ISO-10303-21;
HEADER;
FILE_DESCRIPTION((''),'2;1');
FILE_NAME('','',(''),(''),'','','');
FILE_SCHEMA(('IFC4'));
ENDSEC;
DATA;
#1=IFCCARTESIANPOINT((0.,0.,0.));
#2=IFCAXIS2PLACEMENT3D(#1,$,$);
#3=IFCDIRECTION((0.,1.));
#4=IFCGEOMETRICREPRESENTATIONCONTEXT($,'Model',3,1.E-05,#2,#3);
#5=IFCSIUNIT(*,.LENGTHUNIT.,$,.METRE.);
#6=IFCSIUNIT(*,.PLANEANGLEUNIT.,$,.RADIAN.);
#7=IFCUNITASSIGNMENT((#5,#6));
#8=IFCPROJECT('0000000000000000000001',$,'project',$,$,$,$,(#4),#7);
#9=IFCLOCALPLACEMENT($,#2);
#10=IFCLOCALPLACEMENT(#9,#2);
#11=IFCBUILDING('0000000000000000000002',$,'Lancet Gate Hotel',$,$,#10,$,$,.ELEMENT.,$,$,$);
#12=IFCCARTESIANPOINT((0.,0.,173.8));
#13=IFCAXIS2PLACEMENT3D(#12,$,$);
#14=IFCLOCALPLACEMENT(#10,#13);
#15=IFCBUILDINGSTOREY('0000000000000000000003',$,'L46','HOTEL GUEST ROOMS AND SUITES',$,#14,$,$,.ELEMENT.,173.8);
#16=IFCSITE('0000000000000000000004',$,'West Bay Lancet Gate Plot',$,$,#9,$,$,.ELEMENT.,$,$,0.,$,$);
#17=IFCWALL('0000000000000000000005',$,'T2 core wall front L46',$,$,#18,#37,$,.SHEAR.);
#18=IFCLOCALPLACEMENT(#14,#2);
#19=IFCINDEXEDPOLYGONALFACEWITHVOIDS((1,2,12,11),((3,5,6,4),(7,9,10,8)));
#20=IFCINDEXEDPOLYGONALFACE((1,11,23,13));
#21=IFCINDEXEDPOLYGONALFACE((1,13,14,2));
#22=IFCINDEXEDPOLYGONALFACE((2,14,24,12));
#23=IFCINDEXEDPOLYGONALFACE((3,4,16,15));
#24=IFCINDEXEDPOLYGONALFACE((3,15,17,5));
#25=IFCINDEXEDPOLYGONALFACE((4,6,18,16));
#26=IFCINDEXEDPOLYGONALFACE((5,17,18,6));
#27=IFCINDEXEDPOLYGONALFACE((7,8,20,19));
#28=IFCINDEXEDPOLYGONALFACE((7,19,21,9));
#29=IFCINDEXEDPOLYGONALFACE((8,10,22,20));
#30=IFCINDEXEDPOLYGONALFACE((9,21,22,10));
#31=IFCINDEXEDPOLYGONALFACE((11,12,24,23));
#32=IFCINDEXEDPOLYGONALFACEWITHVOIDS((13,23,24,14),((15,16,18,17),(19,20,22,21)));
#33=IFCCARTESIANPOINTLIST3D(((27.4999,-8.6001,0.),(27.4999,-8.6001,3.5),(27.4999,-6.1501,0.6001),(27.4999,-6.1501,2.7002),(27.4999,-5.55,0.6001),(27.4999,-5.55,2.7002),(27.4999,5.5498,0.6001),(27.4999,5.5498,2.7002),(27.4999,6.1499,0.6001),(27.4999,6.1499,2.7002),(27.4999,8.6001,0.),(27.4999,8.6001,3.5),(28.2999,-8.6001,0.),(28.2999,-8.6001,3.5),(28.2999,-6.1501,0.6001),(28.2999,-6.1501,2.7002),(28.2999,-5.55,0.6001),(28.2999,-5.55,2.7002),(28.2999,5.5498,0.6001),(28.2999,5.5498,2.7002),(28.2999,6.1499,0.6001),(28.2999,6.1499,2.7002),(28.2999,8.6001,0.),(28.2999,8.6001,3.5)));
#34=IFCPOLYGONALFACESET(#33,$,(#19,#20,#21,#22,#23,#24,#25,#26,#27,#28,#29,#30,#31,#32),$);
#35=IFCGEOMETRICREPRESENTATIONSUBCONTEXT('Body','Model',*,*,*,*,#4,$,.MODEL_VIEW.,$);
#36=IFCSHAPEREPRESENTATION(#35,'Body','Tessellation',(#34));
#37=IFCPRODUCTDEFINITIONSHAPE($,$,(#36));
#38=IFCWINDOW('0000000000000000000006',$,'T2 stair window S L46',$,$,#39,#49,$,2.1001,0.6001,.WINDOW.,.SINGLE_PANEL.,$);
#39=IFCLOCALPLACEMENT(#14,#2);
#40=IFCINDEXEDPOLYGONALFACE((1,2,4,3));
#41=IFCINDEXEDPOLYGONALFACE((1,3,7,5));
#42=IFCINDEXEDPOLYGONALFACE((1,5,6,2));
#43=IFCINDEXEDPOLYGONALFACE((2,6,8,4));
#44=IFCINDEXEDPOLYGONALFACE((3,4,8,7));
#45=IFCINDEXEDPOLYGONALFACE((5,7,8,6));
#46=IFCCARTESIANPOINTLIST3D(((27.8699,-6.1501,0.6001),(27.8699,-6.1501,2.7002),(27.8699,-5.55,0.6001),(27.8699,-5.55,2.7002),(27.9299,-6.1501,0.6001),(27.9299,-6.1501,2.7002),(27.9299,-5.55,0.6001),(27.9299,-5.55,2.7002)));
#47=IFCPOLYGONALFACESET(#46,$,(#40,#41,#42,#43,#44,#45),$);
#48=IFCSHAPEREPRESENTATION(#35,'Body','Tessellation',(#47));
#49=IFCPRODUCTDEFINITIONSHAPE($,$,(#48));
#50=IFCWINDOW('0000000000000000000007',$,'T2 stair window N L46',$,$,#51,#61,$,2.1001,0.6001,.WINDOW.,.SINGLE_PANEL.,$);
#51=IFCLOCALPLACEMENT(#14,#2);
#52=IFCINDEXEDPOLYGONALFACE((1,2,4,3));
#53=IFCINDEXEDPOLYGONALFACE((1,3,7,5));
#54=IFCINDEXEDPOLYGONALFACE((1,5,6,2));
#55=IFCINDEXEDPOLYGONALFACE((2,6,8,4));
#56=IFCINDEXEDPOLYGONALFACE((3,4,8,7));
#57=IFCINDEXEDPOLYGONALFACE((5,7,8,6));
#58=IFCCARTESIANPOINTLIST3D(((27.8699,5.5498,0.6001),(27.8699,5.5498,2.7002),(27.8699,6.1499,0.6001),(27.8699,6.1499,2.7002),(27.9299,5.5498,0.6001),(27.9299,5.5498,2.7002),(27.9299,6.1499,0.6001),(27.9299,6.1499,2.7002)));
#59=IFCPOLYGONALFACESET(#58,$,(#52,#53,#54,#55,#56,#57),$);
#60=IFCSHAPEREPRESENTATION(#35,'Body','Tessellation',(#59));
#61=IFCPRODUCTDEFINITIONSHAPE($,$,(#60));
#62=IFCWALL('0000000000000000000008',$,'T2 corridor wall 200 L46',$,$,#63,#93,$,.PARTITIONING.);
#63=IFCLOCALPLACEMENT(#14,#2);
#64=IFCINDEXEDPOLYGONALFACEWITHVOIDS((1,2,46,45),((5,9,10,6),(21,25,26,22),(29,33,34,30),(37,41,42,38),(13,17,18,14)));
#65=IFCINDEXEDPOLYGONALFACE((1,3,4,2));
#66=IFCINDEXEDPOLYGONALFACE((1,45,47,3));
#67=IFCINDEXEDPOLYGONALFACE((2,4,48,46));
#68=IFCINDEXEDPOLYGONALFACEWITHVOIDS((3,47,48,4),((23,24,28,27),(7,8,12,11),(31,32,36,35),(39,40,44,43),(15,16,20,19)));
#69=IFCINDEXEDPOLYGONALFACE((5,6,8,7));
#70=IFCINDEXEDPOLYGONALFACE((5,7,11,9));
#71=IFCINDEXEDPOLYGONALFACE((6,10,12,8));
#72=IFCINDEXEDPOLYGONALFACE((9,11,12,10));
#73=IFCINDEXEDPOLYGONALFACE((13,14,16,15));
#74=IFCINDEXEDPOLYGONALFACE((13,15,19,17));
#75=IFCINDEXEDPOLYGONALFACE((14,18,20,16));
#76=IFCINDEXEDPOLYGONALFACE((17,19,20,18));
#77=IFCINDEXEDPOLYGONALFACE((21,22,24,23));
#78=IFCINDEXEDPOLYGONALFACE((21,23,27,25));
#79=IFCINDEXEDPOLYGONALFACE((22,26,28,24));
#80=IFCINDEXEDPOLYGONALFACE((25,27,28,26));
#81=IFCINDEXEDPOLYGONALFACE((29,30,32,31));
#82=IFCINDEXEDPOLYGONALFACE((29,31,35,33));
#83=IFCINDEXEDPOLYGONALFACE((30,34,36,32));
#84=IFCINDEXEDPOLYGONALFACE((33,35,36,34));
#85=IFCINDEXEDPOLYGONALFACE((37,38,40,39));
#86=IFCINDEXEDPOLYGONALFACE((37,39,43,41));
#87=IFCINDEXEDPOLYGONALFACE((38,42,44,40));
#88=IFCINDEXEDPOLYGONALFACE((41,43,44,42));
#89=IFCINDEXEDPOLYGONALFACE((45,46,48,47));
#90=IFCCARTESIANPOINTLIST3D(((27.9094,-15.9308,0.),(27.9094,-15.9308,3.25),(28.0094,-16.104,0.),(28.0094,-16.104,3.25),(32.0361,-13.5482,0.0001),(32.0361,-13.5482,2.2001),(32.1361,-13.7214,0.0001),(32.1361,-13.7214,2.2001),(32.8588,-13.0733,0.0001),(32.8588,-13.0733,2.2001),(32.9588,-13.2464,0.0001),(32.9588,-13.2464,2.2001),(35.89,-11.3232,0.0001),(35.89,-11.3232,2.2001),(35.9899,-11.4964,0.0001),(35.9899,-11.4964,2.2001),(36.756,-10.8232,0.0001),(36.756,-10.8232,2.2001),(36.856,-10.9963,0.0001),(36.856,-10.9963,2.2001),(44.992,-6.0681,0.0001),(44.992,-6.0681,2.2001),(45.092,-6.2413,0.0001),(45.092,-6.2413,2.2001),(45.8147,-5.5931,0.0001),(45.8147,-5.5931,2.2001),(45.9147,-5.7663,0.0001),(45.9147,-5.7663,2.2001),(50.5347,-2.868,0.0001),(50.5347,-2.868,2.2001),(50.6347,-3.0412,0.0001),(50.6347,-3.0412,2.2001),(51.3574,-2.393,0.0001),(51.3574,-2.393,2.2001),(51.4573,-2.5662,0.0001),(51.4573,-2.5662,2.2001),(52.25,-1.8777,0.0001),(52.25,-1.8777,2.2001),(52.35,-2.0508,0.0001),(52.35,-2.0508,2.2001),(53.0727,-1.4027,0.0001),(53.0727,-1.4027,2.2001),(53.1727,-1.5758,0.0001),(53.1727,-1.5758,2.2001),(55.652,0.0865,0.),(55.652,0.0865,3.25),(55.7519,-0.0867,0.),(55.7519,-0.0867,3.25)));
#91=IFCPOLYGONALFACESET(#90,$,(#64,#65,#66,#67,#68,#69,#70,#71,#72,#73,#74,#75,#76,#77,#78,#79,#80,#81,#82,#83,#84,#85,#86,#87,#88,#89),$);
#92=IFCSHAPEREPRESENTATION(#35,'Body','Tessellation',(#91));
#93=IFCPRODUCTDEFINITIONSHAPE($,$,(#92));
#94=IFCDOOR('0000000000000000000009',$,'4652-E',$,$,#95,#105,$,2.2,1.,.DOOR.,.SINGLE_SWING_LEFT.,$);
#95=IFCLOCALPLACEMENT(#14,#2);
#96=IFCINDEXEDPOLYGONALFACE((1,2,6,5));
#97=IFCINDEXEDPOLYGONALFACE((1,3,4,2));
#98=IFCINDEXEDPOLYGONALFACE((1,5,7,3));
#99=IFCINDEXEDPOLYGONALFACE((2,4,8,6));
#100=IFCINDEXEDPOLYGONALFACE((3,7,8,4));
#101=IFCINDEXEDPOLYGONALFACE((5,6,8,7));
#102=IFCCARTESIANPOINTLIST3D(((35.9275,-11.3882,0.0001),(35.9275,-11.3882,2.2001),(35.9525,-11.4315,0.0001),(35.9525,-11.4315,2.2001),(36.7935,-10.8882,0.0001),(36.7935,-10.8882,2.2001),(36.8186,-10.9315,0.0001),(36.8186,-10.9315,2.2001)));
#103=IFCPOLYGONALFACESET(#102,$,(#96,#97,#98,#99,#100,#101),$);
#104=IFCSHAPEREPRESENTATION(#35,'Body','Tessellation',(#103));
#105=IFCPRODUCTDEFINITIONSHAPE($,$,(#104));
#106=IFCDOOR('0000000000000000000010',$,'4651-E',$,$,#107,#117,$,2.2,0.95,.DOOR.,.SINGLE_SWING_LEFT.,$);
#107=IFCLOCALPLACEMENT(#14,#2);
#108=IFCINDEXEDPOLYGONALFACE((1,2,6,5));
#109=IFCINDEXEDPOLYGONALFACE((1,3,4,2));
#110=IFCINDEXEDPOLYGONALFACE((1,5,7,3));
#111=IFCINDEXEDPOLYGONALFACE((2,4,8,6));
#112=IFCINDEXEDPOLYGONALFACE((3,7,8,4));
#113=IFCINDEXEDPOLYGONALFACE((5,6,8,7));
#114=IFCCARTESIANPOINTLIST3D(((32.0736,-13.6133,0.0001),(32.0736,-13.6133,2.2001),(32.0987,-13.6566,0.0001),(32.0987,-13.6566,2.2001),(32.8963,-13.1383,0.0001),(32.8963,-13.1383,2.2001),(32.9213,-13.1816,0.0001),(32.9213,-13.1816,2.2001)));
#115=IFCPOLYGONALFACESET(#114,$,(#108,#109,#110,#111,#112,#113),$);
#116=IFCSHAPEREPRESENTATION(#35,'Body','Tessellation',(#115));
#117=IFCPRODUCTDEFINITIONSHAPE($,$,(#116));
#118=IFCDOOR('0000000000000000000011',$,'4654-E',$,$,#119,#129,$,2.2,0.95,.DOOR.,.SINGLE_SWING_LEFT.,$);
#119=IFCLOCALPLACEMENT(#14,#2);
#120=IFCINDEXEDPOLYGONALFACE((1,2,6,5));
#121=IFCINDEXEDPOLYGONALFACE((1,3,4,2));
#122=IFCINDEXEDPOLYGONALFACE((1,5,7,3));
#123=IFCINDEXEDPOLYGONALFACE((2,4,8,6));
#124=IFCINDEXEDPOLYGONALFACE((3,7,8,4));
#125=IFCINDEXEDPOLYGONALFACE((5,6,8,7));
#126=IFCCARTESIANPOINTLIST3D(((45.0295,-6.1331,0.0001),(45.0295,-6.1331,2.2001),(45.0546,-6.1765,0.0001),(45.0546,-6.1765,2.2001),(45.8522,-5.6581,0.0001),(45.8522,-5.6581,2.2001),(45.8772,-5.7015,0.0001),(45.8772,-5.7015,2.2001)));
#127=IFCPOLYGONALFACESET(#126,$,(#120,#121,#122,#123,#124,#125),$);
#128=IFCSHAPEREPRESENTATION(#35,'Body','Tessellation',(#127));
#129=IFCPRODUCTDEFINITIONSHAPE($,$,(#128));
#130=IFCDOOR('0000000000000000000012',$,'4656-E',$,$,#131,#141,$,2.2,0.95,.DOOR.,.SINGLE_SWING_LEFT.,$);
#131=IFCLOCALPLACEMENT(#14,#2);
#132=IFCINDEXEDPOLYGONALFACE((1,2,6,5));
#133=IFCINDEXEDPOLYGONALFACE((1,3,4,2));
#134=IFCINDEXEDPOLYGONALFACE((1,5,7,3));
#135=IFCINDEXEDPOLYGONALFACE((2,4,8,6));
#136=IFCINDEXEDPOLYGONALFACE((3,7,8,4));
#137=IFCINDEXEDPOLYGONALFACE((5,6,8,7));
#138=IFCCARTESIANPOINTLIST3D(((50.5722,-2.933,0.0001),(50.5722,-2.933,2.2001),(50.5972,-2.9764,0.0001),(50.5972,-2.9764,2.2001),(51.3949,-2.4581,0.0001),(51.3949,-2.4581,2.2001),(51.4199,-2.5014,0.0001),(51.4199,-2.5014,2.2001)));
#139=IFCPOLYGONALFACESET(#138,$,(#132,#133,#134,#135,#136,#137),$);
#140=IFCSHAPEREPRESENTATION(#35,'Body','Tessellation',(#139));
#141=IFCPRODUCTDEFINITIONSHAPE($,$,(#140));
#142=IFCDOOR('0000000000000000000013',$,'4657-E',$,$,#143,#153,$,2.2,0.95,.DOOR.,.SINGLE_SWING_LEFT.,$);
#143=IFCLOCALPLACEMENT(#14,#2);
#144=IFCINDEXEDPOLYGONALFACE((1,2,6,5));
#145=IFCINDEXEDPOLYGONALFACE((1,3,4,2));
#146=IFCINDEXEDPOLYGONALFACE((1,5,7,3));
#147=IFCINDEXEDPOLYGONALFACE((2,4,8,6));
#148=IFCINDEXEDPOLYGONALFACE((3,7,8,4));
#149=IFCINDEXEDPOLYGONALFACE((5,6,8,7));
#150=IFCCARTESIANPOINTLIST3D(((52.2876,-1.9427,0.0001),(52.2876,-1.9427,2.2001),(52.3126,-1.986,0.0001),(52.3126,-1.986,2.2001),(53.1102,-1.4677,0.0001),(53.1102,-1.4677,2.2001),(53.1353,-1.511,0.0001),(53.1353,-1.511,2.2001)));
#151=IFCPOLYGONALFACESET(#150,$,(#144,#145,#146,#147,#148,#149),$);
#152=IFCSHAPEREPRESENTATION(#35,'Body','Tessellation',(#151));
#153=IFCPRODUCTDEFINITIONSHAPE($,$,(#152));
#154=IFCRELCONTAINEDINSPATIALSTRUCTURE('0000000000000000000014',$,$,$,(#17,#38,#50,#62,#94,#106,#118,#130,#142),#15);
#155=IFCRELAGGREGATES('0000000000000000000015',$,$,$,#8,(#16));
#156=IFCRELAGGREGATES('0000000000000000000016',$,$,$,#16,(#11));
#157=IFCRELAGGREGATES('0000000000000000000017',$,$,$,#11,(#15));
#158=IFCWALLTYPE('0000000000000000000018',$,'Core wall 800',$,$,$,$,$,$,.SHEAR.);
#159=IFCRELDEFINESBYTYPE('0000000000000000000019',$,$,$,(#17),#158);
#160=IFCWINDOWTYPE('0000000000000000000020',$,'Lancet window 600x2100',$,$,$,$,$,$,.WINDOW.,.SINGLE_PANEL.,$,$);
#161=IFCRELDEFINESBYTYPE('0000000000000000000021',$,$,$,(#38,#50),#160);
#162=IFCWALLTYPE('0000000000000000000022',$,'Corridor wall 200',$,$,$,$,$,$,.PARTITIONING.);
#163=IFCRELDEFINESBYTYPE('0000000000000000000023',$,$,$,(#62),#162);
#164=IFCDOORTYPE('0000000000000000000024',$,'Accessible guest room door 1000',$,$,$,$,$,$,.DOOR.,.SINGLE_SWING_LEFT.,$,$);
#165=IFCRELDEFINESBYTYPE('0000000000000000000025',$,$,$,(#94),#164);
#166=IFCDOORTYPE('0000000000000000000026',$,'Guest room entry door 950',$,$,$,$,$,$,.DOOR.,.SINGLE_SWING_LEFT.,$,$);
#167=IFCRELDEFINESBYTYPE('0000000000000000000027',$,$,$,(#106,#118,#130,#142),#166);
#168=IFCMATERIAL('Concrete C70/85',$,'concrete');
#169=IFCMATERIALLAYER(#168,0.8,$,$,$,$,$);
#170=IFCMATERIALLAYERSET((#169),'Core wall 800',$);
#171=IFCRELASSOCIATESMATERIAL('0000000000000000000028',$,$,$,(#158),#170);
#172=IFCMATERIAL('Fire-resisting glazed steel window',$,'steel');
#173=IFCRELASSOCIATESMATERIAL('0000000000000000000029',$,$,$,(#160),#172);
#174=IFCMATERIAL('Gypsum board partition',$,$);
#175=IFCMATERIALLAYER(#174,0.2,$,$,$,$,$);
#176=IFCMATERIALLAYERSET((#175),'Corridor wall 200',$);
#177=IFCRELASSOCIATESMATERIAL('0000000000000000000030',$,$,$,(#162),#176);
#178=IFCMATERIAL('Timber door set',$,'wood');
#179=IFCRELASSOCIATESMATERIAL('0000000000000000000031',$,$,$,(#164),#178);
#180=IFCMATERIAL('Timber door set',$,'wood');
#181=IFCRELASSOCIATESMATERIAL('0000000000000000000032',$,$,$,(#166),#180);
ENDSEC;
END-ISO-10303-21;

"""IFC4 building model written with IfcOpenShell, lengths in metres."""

from ifc_helpers import new_model, si_unit, direction, frame, frame_2d, origin, place, context, subcontext, project, spatial, rectangle, extrude, material, layer, layer_set, type_object, element, fill, save


model = new_model("IFC4")

# Units and contexts
model_context = context("Model", 3, precision=1e-05, world=origin(), true_north=direction((0.0, 1.0)))
body_context = subcontext(model_context, "Body", "Model", "MODEL_VIEW")
ifc_project = project(units=[si_unit("LENGTHUNIT", "METRE"), si_unit("PLANEANGLEUNIT", "RADIAN")], contexts=[model_context])

# Site, building, storey
site_placement = place(None, origin())
site = spatial("IfcSite", under=ifc_project, at=site_placement, Name="West Bay Lancet Gate Plot", CompositionType="ELEMENT", RefElevation=0.0)
building_placement = place(site_placement, origin())
building = spatial("IfcBuilding", under=site, at=building_placement, Name="Lancet Gate Hotel", CompositionType="ELEMENT")
storey_placement = place(building_placement, frame((0.0, 0.0, 173.8)))
storey = spatial("IfcBuildingStorey", under=building, at=storey_placement, Name="L46", Description="HOTEL GUEST ROOMS AND SUITES", CompositionType="ELEMENT", Elevation=173.8)

# Wall, openings, windows
ifc_material_1 = material(Name="Concrete C70/85", Category="concrete")
ifc_layer_1 = layer(ifc_material_1, 0.8)
ifc_layer_set_1 = layer_set([ifc_layer_1], Name="Core wall 800")
wall_type_1 = type_object("IfcWallType", Name="Core wall 800", PredefinedType="SHEAR", material=ifc_layer_set_1)
wall_1_placement = place(storey_placement, frame((27.8999, -8.6001, 0.0), z_axis=(0.0, 0.0, 1.0), x_axis=(0.0, 1.0, 0.0)))
wall_1 = element("IfcWall", 1, at=wall_1_placement, inside=storey, type_object=wall_type_1, Name="T2 core wall front L46", PredefinedType="SHEAR", context=body_context, shape_type="SweptSolid", body=[
    extrude(rectangle(XDim=17.2002, YDim=0.8, at=frame_2d((8.6001, 0.0))), origin(), (0.0, 0.0, 1.0), 3.5),
])
opening_1_placement = place(wall_1_placement, frame((2.45, 0.0, 0.6001)))
opening_1 = element("IfcOpeningElement", 2, at=opening_1_placement, cuts=wall_1, PredefinedType="OPENING", context=body_context, shape_type="SweptSolid", body=[
    extrude(rectangle(XDim=0.6001, YDim=2.1001, at=frame_2d((0.3, 1.05))), frame((0.0, 0.4099, 0.0), z_axis=(0.0, -1.0, 0.0), x_axis=(1.0, 0.0, 0.0)), (0.0, 0.0, 1.0), 0.8201),
])
opening_2_placement = place(wall_1_placement, frame((14.1499, 0.0, 0.6001)))
opening_2 = element("IfcOpeningElement", 3, at=opening_2_placement, cuts=wall_1, PredefinedType="OPENING", context=body_context, shape_type="SweptSolid", body=[
    extrude(rectangle(XDim=0.6001, YDim=2.1001, at=frame_2d((0.3, 1.05))), frame((0.0, 0.4099, 0.0), z_axis=(0.0, -1.0, 0.0), x_axis=(1.0, 0.0, 0.0)), (0.0, 0.0, 1.0), 0.8201),
])
ifc_material_2 = material(Name="Fire-resisting glazed steel window", Category="steel")
window_type = type_object("IfcWindowType", Name="Lancet window 600x2100", PartitioningType="SINGLE_PANEL", PredefinedType="WINDOW", material=ifc_material_2)
window_1_placement = place(opening_1_placement, origin())
window_1 = element("IfcWindow", 4, at=window_1_placement, inside=storey, type_object=window_type, Name="T2 stair window S L46", OverallHeight=2.1001, OverallWidth=0.6001, PartitioningType="SINGLE_PANEL", PredefinedType="WINDOW", context=body_context, shape_type="SweptSolid", body=[
    extrude(rectangle(XDim=0.6001, YDim=2.1001, at=frame_2d((0.3, 1.05))), frame((0.0, 0.03, 0.0), z_axis=(0.0, -1.0, 0.0), x_axis=(1.0, 0.0, 0.0)), (0.0, 0.0, 1.0), 0.0601),
])
fill(opening_1, window_1)
window_2_placement = place(opening_2_placement, origin())
window_2 = element("IfcWindow", 5, at=window_2_placement, inside=storey, type_object=window_type, Name="T2 stair window N L46", OverallHeight=2.1001, OverallWidth=0.6001, PartitioningType="SINGLE_PANEL", PredefinedType="WINDOW", context=body_context, shape_type="SweptSolid", body=[
    extrude(rectangle(XDim=0.6001, YDim=2.1001, at=frame_2d((0.3, 1.05))), frame((0.0, 0.03, 0.0), z_axis=(0.0, -1.0, 0.0), x_axis=(1.0, 0.0, 0.0)), (0.0, 0.0, 1.0), 0.0601),
])
fill(opening_2, window_2)

# Wall, openings, doors
ifc_material_3 = material(Name="Gypsum board partition")
ifc_layer_2 = layer(ifc_material_3, 0.2)
ifc_layer_set_2 = layer_set([ifc_layer_2], Name="Corridor wall 200")
wall_type_2 = type_object("IfcWallType", Name="Corridor wall 200", PredefinedType="PARTITIONING", material=ifc_layer_set_2)
wall_2_placement = place(storey_placement, frame((27.9595, -16.0173, 0.0), z_axis=(0.0, 0.0, 1.0), x_axis=(0.866024, 0.500002, 0.0)))
wall_2 = element("IfcWall", 6, at=wall_2_placement, inside=storey, type_object=wall_type_2, Name="T2 corridor wall 200 L46", PredefinedType="PARTITIONING", context=body_context, shape_type="SweptSolid", body=[
    extrude(rectangle(XDim=32.0344, YDim=0.2, at=frame_2d((16.0171, 0.0))), origin(), (0.0, 0.0, 1.0), 3.25),
])
opening_3_placement = place(wall_2_placement, frame((4.7649, 0.0, 0.0)))
opening_3 = element("IfcOpeningElement", 7, at=opening_3_placement, cuts=wall_2, PredefinedType="OPENING", context=body_context, shape_type="SweptSolid", body=[
    extrude(rectangle(XDim=0.95, YDim=2.2, at=frame_2d((0.4751, 1.1001))), frame((0.0, 0.1099, 0.0), z_axis=(0.0, -1.0, 0.0), x_axis=(1.0, 0.0, 0.0)), (0.0, 0.0, 1.0), 0.22),
])
opening_4_placement = place(wall_2_placement, frame((9.2151, 0.0, 0.0)))
opening_4 = element("IfcOpeningElement", 8, at=opening_4_placement, cuts=wall_2, PredefinedType="OPENING", context=body_context, shape_type="SweptSolid", body=[
    extrude(rectangle(XDim=1.0, YDim=2.2, at=frame_2d((0.5, 1.1001))), frame((0.0, 0.1099, 0.0), z_axis=(0.0, -1.0, 0.0), x_axis=(1.0, 0.0, 0.0)), (0.0, 0.0, 1.0), 0.22),
])
opening_5_placement = place(wall_2_placement, frame((19.7251, 0.0, 0.0)))
opening_5 = element("IfcOpeningElement", 9, at=opening_5_placement, cuts=wall_2, PredefinedType="OPENING", context=body_context, shape_type="SweptSolid", body=[
    extrude(rectangle(XDim=0.95, YDim=2.2, at=frame_2d((0.4751, 1.1001))), frame((0.0, 0.1099, 0.0), z_axis=(0.0, -1.0, 0.0), x_axis=(1.0, 0.0, 0.0)), (0.0, 0.0, 1.0), 0.22),
])
opening_6_placement = place(wall_2_placement, frame((26.1252, 0.0, 0.0)))
opening_6 = element("IfcOpeningElement", 10, at=opening_6_placement, cuts=wall_2, PredefinedType="OPENING", context=body_context, shape_type="SweptSolid", body=[
    extrude(rectangle(XDim=0.95, YDim=2.2, at=frame_2d((0.4751, 1.1001))), frame((0.0, 0.1099, 0.0), z_axis=(0.0, -1.0, 0.0), x_axis=(1.0, 0.0, 0.0)), (0.0, 0.0, 1.0), 0.22),
])
opening_7_placement = place(wall_2_placement, frame((28.106, 0.0, 0.0)))
opening_7 = element("IfcOpeningElement", 11, at=opening_7_placement, cuts=wall_2, PredefinedType="OPENING", context=body_context, shape_type="SweptSolid", body=[
    extrude(rectangle(XDim=0.95, YDim=2.2, at=frame_2d((0.4751, 1.1001))), frame((0.0, 0.1099, 0.0), z_axis=(0.0, -1.0, 0.0), x_axis=(1.0, 0.0, 0.0)), (0.0, 0.0, 1.0), 0.22),
])
ifc_material_4 = material(Name="Timber door set", Category="wood")
door_type_1 = type_object("IfcDoorType", Name="Accessible guest room door 1000", OperationType="SINGLE_SWING_LEFT", PredefinedType="DOOR", material=ifc_material_4)
door_1_placement = place(opening_4_placement, origin())
door_1 = element("IfcDoor", 12, at=door_1_placement, inside=storey, type_object=door_type_1, Name="4652-E", OperationType="SINGLE_SWING_LEFT", OverallHeight=2.2, OverallWidth=1.0, PredefinedType="DOOR", context=body_context, shape_type="SweptSolid", body=[
    extrude(rectangle(XDim=1.0, YDim=2.2, at=frame_2d((0.5, 1.1001))), frame((0.0, 0.0249, 0.0), z_axis=(0.0, -1.0, 0.0), x_axis=(1.0, 0.0, 0.0)), (0.0, 0.0, 1.0), 0.05),
])
fill(opening_4, door_1)
ifc_material_5 = material(Name="Timber door set", Category="wood")
door_type_2 = type_object("IfcDoorType", Name="Guest room entry door 950", OperationType="SINGLE_SWING_LEFT", PredefinedType="DOOR", material=ifc_material_5)
door_2_placement = place(opening_3_placement, origin())
door_2 = element("IfcDoor", 13, at=door_2_placement, inside=storey, type_object=door_type_2, Name="4651-E", OperationType="SINGLE_SWING_LEFT", OverallHeight=2.2, OverallWidth=0.95, PredefinedType="DOOR", context=body_context, shape_type="SweptSolid", body=[
    extrude(rectangle(XDim=0.95, YDim=2.2, at=frame_2d((0.4751, 1.1001))), frame((0.0, 0.0249, 0.0), z_axis=(0.0, -1.0, 0.0), x_axis=(1.0, 0.0, 0.0)), (0.0, 0.0, 1.0), 0.05),
])
fill(opening_3, door_2)
door_3_placement = place(opening_5_placement, origin())
door_3 = element("IfcDoor", 14, at=door_3_placement, inside=storey, type_object=door_type_2, Name="4654-E", OperationType="SINGLE_SWING_LEFT", OverallHeight=2.2, OverallWidth=0.95, PredefinedType="DOOR", context=body_context, shape_type="SweptSolid", body=[
    extrude(rectangle(XDim=0.95, YDim=2.2, at=frame_2d((0.4751, 1.1001))), frame((0.0, 0.0249, 0.0), z_axis=(0.0, -1.0, 0.0), x_axis=(1.0, 0.0, 0.0)), (0.0, 0.0, 1.0), 0.05),
])
fill(opening_5, door_3)
door_4_placement = place(opening_6_placement, origin())
door_4 = element("IfcDoor", 15, at=door_4_placement, inside=storey, type_object=door_type_2, Name="4656-E", OperationType="SINGLE_SWING_LEFT", OverallHeight=2.2, OverallWidth=0.95, PredefinedType="DOOR", context=body_context, shape_type="SweptSolid", body=[
    extrude(rectangle(XDim=0.95, YDim=2.2, at=frame_2d((0.4751, 1.1001))), frame((0.0, 0.0249, 0.0), z_axis=(0.0, -1.0, 0.0), x_axis=(1.0, 0.0, 0.0)), (0.0, 0.0, 1.0), 0.05),
])
fill(opening_6, door_4)
door_5_placement = place(opening_7_placement, origin())
door_5 = element("IfcDoor", 16, at=door_5_placement, inside=storey, type_object=door_type_2, Name="4657-E", OperationType="SINGLE_SWING_LEFT", OverallHeight=2.2, OverallWidth=0.95, PredefinedType="DOOR", context=body_context, shape_type="SweptSolid", body=[
    extrude(rectangle(XDim=0.95, YDim=2.2, at=frame_2d((0.4751, 1.1001))), frame((0.0, 0.0249, 0.0), z_axis=(0.0, -1.0, 0.0), x_axis=(1.0, 0.0, 0.0)), (0.0, 0.0, 1.0), 0.05),
])
fill(opening_7, door_5)

save(model, "model.ifc")
